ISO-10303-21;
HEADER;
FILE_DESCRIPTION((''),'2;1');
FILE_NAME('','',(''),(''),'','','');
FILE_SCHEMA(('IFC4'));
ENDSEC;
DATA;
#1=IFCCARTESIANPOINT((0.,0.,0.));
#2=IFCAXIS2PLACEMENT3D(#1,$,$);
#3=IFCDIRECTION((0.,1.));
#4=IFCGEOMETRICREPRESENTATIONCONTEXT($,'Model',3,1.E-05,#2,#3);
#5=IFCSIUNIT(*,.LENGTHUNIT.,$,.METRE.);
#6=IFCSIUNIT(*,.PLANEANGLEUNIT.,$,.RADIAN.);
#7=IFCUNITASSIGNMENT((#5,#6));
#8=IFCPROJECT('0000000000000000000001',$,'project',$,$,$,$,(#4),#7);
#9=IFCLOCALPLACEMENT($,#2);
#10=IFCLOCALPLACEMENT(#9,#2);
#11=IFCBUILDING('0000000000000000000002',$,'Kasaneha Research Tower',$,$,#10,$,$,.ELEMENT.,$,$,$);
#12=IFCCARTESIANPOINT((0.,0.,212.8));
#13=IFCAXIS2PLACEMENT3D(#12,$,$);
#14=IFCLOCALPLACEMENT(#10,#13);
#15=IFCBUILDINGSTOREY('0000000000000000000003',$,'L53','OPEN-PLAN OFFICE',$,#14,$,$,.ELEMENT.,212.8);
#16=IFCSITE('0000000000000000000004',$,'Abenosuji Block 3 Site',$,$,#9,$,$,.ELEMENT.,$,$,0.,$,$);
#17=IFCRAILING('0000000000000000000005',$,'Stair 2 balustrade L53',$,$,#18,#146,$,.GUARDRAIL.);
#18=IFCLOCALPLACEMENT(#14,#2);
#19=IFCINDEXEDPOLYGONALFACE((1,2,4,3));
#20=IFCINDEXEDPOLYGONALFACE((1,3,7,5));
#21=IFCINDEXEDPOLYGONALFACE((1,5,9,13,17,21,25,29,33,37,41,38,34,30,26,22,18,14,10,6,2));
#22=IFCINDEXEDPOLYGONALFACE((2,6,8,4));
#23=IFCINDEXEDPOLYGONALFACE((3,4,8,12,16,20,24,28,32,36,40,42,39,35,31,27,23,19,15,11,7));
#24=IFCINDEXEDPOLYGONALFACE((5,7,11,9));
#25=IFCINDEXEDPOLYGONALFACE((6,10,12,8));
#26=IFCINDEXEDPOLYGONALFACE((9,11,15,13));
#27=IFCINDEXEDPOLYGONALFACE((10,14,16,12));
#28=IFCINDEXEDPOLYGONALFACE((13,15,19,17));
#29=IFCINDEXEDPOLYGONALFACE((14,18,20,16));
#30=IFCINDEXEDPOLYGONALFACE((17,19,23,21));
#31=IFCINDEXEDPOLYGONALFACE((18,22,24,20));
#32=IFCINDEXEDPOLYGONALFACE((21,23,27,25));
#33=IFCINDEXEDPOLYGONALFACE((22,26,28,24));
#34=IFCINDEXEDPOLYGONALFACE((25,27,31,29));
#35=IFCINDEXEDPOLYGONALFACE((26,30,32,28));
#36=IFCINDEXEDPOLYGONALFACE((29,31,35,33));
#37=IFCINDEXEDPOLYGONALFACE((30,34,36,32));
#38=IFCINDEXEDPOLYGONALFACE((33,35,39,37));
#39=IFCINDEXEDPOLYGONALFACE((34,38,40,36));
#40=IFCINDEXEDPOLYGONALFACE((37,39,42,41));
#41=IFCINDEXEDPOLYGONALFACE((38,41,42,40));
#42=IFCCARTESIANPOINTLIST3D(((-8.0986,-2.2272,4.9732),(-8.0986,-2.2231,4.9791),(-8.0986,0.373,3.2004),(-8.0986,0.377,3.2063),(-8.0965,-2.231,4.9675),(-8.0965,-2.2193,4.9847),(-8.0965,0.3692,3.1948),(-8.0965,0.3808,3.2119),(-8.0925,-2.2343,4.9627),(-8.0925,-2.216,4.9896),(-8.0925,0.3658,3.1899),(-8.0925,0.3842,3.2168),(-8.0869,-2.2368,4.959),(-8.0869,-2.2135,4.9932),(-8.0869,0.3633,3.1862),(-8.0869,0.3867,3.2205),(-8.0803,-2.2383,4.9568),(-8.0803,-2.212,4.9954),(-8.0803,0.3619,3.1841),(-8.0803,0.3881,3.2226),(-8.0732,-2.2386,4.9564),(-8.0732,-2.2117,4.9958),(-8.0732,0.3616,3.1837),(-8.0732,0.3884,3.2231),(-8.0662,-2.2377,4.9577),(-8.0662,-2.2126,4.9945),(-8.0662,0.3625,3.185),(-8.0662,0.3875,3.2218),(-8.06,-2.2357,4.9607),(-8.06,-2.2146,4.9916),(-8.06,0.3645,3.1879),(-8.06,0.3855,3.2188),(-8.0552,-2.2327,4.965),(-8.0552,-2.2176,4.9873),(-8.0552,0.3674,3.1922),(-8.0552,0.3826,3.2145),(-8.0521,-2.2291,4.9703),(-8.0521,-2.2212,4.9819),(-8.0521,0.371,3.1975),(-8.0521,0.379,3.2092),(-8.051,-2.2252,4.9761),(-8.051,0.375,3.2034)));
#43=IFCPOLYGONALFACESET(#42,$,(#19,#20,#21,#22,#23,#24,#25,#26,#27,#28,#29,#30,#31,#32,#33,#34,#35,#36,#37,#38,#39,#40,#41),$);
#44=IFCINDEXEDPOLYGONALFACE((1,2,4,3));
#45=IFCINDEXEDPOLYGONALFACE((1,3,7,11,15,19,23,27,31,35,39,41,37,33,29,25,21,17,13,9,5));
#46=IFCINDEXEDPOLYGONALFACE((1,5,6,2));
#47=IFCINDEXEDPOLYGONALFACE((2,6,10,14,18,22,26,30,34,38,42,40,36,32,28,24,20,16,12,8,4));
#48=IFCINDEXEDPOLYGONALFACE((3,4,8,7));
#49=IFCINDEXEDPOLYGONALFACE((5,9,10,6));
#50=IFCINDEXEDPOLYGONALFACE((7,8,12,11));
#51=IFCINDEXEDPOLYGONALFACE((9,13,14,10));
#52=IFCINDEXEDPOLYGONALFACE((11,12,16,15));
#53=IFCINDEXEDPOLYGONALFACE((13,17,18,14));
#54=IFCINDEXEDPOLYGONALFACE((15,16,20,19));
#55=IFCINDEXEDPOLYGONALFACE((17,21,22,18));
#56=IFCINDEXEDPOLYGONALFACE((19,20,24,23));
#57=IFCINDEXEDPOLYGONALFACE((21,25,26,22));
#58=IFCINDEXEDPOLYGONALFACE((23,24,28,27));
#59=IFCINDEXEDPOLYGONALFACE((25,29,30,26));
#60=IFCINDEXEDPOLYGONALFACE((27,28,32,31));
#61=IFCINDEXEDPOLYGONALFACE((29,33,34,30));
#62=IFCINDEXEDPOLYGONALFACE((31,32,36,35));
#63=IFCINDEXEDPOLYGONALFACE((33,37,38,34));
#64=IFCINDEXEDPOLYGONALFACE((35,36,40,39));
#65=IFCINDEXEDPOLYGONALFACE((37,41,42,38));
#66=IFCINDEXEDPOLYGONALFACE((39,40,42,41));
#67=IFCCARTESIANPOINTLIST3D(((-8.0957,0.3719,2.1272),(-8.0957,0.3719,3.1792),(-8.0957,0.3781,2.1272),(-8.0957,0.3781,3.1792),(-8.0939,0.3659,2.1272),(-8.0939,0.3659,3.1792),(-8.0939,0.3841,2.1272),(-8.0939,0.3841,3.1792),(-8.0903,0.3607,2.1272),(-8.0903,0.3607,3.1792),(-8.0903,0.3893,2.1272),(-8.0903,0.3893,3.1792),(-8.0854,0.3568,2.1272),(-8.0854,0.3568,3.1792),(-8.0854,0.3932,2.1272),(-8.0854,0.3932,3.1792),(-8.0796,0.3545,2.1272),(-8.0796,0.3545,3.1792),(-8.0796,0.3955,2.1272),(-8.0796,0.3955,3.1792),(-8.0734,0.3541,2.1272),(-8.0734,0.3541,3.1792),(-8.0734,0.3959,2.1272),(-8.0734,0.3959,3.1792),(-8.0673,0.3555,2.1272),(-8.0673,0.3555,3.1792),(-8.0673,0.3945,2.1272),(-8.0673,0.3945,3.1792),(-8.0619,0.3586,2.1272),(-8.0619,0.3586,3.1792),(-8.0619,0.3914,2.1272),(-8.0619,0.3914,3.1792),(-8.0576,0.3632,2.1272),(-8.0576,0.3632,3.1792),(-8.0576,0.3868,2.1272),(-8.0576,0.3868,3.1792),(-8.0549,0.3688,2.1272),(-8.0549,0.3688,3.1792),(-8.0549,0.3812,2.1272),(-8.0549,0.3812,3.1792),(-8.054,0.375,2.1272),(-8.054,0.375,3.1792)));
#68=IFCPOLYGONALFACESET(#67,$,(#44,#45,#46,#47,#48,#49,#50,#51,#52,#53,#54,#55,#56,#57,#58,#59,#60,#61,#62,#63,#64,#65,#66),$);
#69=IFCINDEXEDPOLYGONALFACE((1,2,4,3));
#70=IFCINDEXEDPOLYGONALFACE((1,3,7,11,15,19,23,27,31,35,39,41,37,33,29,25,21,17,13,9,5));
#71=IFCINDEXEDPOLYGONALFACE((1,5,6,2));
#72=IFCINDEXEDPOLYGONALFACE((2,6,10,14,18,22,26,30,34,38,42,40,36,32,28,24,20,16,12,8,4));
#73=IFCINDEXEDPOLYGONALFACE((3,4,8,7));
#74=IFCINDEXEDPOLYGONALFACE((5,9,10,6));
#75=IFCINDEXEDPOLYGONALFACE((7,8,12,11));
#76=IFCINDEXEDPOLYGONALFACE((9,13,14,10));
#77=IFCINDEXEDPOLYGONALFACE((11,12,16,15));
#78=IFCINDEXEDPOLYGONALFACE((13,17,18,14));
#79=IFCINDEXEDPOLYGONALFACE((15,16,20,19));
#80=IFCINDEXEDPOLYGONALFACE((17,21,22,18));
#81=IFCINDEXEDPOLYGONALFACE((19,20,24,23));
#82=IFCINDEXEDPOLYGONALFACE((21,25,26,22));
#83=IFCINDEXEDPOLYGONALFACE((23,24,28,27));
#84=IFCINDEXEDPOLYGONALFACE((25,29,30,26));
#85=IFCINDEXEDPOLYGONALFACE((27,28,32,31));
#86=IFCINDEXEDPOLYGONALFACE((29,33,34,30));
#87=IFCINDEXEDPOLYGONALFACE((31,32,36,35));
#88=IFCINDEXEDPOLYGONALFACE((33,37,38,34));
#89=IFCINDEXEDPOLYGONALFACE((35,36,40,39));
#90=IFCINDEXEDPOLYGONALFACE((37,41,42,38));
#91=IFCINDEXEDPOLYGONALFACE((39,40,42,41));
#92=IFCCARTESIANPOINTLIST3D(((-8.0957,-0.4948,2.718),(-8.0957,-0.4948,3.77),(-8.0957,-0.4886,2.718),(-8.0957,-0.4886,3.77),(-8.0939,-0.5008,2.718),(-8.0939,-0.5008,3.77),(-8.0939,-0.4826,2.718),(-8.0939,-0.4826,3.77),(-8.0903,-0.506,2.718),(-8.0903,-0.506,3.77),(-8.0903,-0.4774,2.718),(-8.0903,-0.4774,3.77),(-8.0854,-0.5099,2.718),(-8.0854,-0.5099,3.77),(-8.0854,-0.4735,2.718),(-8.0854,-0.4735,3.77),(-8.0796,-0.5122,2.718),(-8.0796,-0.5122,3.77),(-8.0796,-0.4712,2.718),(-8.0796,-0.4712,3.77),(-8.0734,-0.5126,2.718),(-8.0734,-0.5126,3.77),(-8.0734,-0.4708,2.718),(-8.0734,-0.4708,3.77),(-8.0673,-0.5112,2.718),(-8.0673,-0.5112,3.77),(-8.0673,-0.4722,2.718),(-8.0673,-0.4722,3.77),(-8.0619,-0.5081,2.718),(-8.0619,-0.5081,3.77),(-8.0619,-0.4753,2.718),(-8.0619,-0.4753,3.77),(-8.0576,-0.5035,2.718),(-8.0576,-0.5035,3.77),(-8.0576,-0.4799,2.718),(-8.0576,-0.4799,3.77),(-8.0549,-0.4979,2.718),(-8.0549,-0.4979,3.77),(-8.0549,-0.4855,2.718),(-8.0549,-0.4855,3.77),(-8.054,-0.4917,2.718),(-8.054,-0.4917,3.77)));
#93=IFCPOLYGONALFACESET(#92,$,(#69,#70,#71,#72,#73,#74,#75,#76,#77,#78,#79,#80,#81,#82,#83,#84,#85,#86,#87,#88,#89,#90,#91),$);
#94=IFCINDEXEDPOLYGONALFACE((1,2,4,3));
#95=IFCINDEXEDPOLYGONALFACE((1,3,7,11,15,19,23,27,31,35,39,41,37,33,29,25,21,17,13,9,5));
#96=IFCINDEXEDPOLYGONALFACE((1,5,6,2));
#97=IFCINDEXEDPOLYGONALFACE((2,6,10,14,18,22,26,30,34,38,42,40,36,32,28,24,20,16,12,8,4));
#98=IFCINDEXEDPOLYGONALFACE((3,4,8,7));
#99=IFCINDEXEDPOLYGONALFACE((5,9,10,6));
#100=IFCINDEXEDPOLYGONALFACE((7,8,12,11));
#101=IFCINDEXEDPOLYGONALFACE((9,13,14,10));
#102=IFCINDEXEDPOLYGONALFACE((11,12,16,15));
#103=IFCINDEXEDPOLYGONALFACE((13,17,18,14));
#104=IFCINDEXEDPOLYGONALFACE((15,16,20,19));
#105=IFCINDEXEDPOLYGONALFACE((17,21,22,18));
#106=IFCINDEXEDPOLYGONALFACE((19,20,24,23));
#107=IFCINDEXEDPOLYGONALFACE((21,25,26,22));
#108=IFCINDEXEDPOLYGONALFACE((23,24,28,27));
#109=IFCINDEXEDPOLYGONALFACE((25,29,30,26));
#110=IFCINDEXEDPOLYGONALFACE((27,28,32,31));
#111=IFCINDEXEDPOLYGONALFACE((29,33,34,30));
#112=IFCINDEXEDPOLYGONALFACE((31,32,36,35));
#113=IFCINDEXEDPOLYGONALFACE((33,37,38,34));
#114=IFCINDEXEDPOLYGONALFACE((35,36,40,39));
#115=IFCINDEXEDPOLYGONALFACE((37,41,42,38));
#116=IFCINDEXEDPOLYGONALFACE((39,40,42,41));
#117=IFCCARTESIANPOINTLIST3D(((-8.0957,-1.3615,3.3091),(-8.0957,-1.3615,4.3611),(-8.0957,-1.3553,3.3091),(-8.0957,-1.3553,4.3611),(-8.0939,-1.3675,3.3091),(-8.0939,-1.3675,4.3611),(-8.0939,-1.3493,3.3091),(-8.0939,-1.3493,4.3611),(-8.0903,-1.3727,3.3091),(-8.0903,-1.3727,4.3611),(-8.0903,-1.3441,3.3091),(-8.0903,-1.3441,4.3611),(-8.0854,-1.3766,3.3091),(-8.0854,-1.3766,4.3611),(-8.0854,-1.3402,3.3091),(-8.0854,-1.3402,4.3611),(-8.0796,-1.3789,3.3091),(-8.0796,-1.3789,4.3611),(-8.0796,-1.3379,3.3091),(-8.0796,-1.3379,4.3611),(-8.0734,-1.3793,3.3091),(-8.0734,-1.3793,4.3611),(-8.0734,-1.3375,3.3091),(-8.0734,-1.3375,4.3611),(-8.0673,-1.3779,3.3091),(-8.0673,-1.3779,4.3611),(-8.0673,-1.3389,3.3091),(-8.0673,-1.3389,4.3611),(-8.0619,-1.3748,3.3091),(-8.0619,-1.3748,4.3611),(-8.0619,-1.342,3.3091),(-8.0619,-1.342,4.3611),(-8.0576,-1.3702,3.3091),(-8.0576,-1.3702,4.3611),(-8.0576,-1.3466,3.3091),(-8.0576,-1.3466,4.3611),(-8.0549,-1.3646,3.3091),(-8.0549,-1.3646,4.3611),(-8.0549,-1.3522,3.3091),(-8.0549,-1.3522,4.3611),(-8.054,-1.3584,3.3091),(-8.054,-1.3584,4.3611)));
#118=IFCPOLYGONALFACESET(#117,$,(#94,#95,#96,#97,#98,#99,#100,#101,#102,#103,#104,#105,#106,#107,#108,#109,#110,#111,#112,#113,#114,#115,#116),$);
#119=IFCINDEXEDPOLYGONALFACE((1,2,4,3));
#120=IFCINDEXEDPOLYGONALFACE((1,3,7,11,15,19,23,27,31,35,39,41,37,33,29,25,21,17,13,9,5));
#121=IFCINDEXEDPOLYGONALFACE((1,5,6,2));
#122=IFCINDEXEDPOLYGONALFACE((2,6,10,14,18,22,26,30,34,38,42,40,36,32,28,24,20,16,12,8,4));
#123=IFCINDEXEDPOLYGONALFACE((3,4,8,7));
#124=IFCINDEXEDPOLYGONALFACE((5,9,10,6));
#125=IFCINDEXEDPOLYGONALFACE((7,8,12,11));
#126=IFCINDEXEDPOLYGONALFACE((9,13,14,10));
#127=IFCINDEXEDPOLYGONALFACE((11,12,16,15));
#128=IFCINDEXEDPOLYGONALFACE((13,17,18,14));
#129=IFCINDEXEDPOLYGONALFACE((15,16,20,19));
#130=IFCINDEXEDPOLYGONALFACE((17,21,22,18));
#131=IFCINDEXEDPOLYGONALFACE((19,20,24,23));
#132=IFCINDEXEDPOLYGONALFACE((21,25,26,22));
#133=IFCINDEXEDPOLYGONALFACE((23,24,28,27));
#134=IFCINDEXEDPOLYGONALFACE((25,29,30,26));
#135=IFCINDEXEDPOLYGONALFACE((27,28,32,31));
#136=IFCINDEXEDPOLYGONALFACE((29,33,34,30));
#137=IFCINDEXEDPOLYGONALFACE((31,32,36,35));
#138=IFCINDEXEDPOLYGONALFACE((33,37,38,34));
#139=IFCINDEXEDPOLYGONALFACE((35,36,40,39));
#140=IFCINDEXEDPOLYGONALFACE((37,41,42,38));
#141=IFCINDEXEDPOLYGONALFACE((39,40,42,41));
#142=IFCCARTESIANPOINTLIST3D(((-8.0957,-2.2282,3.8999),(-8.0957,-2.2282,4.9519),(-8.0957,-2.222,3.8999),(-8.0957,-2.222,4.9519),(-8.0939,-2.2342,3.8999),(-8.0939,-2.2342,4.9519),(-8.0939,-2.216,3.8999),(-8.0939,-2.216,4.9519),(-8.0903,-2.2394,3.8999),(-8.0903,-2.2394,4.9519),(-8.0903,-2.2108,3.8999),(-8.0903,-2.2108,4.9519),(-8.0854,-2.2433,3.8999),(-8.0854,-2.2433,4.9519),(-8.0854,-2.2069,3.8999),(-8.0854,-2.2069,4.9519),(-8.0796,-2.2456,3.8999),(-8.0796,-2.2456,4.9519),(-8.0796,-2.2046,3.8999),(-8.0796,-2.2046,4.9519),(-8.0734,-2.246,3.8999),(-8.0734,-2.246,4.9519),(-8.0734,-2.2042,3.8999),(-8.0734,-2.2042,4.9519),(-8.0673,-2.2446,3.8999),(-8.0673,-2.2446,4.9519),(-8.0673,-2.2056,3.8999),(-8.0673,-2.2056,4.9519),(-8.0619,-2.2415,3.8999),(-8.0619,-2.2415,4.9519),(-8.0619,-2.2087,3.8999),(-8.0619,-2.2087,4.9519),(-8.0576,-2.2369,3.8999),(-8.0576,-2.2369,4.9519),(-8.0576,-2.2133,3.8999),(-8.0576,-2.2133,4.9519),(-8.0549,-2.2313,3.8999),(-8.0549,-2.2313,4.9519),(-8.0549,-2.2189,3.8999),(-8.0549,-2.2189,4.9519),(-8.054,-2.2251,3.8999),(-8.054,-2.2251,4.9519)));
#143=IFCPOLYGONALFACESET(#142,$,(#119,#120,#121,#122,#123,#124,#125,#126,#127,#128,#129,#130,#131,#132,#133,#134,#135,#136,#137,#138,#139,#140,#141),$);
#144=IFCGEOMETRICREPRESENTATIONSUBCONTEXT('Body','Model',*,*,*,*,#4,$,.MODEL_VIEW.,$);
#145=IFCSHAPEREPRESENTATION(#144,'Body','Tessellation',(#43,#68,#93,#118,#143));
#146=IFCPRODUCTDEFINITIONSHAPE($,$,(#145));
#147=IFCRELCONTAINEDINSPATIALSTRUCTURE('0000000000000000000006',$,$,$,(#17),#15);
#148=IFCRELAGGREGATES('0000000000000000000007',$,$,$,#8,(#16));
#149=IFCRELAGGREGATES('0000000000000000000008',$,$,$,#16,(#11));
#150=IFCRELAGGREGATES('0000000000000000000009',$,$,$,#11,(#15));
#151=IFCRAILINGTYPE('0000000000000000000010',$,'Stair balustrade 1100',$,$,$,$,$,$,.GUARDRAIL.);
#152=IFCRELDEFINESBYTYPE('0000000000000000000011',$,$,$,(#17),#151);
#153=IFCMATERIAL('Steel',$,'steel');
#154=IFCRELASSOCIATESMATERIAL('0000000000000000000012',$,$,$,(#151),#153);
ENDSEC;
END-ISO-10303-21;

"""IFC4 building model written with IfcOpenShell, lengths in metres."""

from ifc_helpers import new_model, si_unit, direction, frame, origin, origin_2d, place, context, subcontext, project, spatial, circle, extrude, material, type_object, element, save


model = new_model("IFC4")

# Units and contexts
model_context = context("Model", 3, precision=1e-05, world=origin(), true_north=direction((0.0, 1.0)))
body_context = subcontext(model_context, "Body", "Model", "MODEL_VIEW")
ifc_project = project(units=[si_unit("LENGTHUNIT", "METRE"), si_unit("PLANEANGLEUNIT", "RADIAN")], contexts=[model_context])

# Site, building, storey
site_placement = place(None, origin())
site = spatial("IfcSite", under=ifc_project, at=site_placement, Name="Abenosuji Block 3 Site", CompositionType="ELEMENT", RefElevation=0.0)
building_placement = place(site_placement, origin())
building = spatial("IfcBuilding", under=site, at=building_placement, Name="Kasaneha Research Tower", CompositionType="ELEMENT")
storey_placement = place(building_placement, frame((0.0, 0.0, 212.8)))
storey = spatial("IfcBuildingStorey", under=building, at=storey_placement, Name="L53", Description="OPEN-PLAN OFFICE", CompositionType="ELEMENT", Elevation=212.8)

# Railing
ifc_material_1 = material(Name="Steel", Category="steel")
railing_type_1 = type_object("IfcRailingType", Name="Stair balustrade 1100", PredefinedType="GUARDRAIL", material=ifc_material_1)
railing_1_placement = place(storey_placement, frame((-8.075, 0.375, 2.1272)))
element("IfcRailing", 1, at=railing_1_placement, inside=storey, type_object=railing_type_1, Name="Stair 2 balustrade L53", PredefinedType="GUARDRAIL", context=body_context, shape_type="SweptSolid", body=[
    extrude(circle(Radius=0.0239, at=origin_2d()), frame((0.0, 0.0, 1.0762), z_axis=(0.0, -0.82624, 0.563318), x_axis=(1.0, 0.0, 0.0)), (0.0, 0.0, 1.0), 3.147),
    extrude(circle(Radius=0.021, at=origin_2d()), origin(), (0.0, 0.0, 1.0), 1.052),
    extrude(circle(Radius=0.021, at=origin_2d()), frame((0.0, -0.8667, 0.5908)), (0.0, 0.0, 1.0), 1.052),
    extrude(circle(Radius=0.021, at=origin_2d()), frame((0.0, -1.7334, 1.1819)), (0.0, 0.0, 1.0), 1.052),
    extrude(circle(Radius=0.021, at=origin_2d()), frame((0.0, -2.6001, 1.7727)), (0.0, 0.0, 1.0), 1.052),
])

save(model, "model.ifc")
